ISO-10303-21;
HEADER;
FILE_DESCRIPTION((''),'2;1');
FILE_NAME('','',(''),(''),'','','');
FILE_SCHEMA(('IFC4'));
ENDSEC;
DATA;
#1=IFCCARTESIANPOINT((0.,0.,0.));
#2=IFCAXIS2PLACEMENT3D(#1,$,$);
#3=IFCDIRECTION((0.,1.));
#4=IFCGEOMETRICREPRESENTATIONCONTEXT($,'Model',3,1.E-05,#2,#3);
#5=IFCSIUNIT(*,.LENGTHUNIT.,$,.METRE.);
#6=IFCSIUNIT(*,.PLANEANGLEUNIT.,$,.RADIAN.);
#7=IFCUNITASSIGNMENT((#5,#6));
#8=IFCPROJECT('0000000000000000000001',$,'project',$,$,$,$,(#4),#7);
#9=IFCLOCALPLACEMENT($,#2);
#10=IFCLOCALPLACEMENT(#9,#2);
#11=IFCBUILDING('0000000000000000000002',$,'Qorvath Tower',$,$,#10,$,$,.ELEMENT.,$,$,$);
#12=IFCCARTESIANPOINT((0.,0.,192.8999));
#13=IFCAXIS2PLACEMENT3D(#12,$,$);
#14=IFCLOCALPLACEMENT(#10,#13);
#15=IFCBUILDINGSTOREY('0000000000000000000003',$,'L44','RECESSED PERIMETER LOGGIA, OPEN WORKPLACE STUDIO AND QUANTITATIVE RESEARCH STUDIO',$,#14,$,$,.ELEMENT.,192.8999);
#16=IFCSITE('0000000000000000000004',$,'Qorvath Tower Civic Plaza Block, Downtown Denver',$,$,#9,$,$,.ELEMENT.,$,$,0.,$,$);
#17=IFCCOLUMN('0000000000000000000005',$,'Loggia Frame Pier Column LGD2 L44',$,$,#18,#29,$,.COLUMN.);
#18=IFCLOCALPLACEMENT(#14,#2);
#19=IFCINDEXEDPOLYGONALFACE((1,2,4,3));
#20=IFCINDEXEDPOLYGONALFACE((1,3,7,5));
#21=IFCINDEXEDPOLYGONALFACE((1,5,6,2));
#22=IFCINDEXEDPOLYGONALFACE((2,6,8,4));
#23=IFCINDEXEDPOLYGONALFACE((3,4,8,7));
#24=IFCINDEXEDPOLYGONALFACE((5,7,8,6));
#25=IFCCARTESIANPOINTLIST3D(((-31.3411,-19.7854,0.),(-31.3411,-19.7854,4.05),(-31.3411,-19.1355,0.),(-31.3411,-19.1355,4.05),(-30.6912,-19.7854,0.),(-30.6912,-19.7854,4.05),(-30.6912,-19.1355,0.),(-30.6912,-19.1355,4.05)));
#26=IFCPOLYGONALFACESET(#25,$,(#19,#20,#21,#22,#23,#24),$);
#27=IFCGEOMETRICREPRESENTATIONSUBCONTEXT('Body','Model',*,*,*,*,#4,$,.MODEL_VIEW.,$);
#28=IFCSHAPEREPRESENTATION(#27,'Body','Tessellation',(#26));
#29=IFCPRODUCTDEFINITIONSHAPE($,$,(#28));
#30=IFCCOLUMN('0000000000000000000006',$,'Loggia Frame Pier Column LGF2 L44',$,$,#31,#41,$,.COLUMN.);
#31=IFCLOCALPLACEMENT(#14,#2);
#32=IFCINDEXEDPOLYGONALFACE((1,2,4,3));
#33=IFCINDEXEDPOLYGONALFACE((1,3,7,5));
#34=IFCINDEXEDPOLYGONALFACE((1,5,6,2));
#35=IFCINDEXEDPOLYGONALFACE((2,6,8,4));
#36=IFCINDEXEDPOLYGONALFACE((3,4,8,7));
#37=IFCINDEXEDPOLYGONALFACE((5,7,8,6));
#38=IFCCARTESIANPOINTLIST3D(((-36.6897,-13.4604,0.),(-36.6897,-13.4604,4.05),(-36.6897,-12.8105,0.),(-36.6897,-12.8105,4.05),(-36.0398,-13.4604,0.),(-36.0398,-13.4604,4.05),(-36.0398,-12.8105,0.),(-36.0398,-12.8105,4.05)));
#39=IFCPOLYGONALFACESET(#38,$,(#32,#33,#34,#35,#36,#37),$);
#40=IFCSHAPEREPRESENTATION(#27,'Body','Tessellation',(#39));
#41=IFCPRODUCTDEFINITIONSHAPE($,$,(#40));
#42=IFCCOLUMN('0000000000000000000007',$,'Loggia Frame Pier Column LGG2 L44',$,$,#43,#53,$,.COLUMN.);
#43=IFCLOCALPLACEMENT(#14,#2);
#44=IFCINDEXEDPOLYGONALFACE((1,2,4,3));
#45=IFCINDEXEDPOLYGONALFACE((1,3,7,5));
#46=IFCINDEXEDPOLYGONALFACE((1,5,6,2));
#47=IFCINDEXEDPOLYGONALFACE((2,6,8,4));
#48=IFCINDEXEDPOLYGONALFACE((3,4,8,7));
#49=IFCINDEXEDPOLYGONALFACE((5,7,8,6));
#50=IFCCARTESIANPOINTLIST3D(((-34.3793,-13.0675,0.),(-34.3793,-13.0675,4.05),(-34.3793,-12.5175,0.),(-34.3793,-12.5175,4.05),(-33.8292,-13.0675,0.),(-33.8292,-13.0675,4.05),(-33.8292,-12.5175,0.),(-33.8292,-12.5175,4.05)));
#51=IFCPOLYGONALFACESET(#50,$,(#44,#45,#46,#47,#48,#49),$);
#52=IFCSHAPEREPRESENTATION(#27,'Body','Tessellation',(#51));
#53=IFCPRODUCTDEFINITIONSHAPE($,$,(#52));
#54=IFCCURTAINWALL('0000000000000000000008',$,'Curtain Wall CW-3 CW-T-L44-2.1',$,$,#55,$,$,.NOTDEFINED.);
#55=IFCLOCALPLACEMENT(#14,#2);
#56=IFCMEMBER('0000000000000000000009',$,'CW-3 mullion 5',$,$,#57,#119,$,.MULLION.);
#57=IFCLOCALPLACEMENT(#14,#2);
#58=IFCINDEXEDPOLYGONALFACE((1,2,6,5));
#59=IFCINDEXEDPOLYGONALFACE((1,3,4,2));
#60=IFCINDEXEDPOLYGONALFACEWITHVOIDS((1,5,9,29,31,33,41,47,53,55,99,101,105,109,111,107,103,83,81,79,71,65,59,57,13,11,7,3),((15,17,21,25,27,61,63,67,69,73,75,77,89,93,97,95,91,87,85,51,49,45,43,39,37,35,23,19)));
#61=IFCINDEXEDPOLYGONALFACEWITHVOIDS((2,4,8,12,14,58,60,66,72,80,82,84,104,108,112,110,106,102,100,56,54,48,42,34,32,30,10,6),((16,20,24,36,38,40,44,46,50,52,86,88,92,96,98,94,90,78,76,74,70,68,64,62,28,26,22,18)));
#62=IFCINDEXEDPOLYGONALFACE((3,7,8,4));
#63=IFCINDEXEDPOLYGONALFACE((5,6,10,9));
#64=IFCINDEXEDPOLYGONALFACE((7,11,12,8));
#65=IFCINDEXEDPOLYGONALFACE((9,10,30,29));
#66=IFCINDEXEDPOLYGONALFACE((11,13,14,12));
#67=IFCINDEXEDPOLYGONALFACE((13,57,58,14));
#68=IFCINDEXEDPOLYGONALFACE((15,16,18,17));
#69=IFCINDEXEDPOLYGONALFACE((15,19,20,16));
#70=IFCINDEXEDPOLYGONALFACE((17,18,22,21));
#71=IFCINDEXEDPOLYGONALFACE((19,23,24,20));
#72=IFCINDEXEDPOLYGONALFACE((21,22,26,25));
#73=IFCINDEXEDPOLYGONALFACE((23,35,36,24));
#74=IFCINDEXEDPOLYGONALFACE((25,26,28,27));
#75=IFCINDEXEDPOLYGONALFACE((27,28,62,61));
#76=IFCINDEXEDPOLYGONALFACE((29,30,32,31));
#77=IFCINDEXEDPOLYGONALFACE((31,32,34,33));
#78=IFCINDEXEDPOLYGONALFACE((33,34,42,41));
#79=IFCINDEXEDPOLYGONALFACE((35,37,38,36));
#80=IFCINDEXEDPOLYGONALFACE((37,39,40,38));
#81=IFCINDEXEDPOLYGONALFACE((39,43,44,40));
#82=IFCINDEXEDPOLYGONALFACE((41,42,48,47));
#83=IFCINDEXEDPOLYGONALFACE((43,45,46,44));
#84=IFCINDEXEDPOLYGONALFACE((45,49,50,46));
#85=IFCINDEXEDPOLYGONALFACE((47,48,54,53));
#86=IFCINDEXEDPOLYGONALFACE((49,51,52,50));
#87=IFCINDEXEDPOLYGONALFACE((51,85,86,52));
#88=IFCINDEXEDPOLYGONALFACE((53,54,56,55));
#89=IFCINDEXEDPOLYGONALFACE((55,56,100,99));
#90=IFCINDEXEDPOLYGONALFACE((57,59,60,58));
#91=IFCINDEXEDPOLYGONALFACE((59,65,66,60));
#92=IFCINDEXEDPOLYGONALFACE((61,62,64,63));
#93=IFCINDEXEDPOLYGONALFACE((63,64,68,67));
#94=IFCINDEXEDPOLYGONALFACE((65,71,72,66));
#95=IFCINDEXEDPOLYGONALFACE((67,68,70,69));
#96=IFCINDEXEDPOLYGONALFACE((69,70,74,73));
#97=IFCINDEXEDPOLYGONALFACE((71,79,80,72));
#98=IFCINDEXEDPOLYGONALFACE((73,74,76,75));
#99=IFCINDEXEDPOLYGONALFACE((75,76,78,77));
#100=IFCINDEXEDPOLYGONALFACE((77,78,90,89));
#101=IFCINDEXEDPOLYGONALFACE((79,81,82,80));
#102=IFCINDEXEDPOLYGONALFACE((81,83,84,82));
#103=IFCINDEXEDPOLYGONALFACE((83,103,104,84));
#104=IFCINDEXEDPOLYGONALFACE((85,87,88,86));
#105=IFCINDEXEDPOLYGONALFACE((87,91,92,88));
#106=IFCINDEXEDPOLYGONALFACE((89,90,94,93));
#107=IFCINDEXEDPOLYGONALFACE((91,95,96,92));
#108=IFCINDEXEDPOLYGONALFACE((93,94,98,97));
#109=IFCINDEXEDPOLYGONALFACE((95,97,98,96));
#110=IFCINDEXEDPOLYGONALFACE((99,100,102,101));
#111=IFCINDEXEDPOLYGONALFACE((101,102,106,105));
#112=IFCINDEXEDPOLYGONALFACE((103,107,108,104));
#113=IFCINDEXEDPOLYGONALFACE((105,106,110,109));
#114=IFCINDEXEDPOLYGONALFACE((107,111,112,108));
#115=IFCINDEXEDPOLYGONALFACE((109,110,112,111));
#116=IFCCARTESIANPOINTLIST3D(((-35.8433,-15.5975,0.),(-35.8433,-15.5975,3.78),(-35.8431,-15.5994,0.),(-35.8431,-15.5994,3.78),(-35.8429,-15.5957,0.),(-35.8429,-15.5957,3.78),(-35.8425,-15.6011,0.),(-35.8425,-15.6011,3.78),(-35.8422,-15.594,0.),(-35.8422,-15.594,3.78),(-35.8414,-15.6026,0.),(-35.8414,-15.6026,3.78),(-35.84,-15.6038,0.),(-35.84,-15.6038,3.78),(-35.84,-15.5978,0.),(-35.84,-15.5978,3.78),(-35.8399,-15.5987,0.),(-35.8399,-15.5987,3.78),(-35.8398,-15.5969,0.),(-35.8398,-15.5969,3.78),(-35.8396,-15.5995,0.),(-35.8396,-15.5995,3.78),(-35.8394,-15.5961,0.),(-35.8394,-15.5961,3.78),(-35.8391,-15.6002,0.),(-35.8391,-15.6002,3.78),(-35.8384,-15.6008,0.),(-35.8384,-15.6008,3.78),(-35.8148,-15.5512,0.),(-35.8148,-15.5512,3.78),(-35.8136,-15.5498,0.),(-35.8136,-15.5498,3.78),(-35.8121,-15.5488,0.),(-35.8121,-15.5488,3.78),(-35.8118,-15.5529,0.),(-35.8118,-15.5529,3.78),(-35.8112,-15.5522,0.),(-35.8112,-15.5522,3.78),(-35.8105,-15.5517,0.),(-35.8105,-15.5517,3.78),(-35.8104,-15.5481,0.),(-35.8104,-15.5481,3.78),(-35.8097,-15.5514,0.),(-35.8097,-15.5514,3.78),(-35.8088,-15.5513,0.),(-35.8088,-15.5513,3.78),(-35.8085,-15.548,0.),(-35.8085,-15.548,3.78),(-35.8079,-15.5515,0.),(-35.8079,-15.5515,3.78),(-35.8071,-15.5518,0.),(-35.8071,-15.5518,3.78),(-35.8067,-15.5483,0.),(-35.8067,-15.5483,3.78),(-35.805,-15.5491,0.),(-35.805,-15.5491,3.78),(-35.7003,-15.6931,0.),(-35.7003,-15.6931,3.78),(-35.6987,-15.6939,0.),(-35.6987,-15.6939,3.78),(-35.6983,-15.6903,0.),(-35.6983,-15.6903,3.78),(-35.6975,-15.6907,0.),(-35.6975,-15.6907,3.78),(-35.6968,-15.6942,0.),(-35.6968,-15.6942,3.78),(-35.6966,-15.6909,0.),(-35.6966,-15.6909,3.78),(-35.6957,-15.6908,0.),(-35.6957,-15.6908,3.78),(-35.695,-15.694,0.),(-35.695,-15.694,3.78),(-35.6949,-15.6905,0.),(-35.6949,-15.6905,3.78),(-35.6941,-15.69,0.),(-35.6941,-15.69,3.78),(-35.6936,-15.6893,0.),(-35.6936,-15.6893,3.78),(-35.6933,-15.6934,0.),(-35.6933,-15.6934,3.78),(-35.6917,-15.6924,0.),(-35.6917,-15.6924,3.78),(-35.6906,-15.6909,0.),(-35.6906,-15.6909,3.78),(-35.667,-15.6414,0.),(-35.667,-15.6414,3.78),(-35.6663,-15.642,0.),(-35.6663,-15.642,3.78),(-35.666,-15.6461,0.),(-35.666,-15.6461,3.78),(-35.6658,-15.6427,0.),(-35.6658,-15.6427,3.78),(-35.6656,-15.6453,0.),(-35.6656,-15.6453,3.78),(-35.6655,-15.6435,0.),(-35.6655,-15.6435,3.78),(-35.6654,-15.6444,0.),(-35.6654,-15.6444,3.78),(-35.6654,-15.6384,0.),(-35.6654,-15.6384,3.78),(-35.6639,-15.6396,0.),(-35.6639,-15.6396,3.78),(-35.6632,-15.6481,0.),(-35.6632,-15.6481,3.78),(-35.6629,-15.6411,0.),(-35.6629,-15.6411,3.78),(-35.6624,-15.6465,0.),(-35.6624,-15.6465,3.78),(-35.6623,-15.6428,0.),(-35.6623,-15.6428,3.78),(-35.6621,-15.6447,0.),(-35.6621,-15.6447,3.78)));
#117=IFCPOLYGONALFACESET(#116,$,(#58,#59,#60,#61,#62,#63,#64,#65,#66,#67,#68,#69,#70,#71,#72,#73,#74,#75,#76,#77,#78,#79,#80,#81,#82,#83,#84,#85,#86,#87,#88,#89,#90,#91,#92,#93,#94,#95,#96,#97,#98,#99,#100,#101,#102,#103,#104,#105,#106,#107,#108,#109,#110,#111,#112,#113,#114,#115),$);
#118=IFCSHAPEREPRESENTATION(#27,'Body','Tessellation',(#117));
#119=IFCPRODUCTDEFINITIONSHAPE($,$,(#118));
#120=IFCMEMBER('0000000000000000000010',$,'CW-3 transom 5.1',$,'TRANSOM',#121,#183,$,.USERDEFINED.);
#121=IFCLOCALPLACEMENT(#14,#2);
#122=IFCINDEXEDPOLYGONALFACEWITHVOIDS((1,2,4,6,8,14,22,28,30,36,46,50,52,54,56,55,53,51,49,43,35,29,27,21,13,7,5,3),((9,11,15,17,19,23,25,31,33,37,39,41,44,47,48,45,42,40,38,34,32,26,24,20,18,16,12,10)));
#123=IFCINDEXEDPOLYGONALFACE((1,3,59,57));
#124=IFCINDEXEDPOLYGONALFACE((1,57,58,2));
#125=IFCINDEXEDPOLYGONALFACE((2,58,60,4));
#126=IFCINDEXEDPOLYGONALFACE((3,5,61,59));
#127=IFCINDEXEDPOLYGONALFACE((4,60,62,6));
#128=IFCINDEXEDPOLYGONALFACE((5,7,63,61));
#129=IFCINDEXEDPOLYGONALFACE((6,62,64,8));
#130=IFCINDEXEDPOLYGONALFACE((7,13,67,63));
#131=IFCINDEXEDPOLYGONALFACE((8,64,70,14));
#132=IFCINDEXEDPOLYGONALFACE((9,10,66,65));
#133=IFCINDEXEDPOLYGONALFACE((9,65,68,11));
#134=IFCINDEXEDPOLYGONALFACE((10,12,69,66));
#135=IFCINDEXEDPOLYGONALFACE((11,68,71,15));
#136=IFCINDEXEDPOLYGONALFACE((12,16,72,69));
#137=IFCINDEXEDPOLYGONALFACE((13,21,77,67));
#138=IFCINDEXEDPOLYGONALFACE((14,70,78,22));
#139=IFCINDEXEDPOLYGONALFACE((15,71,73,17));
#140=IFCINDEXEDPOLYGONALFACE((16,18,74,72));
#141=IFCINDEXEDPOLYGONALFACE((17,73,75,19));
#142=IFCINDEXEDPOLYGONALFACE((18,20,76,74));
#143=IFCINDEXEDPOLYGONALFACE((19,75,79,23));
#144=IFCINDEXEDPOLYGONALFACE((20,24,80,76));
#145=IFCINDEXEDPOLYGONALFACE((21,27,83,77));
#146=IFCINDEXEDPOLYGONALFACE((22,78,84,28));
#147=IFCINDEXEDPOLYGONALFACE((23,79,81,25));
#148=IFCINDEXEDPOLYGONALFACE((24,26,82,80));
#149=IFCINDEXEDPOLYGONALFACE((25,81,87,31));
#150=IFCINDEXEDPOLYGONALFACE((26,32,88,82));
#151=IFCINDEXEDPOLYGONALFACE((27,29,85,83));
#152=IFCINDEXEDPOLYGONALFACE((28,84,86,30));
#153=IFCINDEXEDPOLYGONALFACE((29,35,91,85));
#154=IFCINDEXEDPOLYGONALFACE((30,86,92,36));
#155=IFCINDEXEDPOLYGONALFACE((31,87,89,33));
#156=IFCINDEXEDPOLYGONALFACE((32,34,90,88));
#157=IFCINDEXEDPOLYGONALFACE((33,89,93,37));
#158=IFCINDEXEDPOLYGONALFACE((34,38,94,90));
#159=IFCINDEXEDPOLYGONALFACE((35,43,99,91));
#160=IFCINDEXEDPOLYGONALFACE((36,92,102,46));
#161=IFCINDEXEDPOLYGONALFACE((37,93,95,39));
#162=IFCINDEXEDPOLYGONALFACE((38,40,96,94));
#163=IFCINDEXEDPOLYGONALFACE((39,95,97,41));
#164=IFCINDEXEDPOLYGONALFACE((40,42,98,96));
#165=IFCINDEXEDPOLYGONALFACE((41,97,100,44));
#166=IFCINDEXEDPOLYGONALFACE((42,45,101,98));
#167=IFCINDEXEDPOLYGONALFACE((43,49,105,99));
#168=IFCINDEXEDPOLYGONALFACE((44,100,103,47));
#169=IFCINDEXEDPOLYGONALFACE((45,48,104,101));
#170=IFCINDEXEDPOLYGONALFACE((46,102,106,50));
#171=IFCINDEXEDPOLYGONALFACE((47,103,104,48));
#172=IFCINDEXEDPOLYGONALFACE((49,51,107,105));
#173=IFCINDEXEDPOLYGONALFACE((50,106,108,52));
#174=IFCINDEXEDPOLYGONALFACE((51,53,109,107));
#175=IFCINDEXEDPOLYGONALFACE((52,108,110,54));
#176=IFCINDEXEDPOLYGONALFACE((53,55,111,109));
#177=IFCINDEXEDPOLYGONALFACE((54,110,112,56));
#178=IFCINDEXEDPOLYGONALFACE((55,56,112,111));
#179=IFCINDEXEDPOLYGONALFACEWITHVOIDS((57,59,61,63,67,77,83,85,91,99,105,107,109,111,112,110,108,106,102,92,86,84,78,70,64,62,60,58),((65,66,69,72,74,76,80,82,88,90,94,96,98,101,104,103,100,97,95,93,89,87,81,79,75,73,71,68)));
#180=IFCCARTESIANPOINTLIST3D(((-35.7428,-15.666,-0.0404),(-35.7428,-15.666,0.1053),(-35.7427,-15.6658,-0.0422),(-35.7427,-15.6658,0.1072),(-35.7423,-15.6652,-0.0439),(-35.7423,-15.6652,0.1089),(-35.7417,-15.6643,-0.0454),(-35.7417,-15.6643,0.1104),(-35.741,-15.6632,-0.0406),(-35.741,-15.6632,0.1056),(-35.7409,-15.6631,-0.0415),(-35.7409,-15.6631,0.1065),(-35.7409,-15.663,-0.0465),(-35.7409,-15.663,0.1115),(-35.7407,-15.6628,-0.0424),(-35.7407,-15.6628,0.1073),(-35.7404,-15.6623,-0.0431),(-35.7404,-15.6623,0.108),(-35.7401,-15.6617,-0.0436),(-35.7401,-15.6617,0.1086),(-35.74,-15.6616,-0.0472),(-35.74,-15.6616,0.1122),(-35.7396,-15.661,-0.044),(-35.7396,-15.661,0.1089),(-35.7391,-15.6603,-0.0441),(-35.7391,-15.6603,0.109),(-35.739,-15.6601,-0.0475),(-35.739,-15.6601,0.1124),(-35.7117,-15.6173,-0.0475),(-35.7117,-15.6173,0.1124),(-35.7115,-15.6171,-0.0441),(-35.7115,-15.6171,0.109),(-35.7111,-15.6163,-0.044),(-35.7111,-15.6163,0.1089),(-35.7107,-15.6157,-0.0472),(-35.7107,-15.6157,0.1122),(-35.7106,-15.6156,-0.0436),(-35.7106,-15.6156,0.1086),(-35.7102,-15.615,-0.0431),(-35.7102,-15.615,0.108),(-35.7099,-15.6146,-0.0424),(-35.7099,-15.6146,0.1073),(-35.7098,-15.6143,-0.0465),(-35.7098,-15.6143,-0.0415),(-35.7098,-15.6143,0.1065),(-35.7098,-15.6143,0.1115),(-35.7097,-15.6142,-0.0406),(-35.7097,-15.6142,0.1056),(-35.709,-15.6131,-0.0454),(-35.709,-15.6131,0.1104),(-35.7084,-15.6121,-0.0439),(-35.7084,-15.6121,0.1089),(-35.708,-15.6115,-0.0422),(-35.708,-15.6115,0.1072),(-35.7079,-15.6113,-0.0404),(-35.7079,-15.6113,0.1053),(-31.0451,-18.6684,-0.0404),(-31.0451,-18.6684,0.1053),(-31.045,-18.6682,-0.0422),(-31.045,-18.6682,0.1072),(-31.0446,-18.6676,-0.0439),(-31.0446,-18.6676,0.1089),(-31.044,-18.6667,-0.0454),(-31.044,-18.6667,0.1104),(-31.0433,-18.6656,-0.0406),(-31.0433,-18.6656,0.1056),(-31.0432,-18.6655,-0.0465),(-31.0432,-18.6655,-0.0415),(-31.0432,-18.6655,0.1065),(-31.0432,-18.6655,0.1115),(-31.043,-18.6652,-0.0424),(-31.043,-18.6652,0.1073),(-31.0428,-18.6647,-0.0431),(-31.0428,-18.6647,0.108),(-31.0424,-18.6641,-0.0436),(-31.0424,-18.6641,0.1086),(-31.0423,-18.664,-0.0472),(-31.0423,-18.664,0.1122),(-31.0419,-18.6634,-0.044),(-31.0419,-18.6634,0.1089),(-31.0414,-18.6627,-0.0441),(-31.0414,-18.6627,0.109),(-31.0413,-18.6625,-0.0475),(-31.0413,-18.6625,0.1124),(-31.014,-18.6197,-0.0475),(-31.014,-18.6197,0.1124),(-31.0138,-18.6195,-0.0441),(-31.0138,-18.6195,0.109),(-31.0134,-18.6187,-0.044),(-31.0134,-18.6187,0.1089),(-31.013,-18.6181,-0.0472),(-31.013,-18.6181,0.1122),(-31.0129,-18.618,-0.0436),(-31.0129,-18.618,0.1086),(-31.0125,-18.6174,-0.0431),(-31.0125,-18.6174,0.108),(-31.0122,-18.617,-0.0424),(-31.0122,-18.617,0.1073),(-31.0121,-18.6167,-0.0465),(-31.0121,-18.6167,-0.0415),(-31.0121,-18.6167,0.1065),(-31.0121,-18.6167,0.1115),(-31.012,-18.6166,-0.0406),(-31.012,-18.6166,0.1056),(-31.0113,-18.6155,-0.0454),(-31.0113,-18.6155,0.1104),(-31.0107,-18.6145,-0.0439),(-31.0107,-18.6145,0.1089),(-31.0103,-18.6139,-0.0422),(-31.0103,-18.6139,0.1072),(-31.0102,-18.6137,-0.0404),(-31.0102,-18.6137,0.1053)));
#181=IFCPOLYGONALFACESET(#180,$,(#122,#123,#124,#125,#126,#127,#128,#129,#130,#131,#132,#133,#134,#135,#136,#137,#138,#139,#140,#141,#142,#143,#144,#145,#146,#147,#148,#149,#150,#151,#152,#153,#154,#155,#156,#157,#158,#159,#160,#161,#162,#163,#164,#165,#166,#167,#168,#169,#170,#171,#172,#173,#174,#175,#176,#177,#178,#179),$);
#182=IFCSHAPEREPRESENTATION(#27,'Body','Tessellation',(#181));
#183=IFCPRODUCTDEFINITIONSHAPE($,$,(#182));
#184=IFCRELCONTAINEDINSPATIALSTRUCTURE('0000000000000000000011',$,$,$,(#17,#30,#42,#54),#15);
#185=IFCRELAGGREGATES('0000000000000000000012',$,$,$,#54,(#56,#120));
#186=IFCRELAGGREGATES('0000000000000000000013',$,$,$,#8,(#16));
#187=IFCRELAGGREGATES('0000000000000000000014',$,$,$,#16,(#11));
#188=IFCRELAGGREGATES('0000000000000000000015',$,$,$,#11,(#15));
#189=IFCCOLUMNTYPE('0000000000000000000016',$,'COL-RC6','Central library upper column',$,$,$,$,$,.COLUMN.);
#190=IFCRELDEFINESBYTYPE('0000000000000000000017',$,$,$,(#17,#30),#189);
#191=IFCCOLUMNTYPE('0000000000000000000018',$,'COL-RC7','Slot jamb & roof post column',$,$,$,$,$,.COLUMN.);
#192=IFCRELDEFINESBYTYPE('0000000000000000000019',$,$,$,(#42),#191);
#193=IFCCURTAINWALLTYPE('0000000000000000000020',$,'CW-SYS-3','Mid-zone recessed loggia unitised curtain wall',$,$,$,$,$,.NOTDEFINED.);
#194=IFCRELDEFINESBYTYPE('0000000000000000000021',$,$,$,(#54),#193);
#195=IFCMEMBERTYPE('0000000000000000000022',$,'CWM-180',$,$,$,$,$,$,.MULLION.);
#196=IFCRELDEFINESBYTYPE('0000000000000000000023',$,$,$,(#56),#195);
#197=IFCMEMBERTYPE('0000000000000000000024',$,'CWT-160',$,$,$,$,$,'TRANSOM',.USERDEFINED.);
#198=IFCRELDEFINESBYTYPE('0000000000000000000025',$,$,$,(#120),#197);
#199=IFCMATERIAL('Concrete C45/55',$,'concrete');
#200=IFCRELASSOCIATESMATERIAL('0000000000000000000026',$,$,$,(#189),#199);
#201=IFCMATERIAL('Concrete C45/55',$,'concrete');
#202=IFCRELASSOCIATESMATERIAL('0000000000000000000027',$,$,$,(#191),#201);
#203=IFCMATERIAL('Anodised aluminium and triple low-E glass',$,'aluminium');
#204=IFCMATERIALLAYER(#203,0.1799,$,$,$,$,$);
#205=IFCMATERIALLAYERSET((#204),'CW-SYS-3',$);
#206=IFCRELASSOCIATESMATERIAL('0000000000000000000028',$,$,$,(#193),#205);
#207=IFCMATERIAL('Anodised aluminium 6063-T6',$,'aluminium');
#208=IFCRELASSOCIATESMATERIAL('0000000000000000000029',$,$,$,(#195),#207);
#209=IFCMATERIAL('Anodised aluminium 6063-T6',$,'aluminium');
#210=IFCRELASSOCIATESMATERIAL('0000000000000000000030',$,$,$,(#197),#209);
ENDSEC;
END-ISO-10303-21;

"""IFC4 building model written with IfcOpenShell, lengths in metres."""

from ifc_helpers import new_model, si_unit, direction, frame, origin, origin_2d, place, context, subcontext, project, spatial, rectangle, hollow_rectangle, extrude, material, layer, layer_set, material_profile, profile_set, type_object, element, aggregate, save


model = new_model("IFC4")

# Units and contexts
model_context = context("Model", 3, precision=1e-05, world=origin(), true_north=direction((0.0, 1.0)))
body_context = subcontext(model_context, "Body", "Model", "MODEL_VIEW")
ifc_project = project(units=[si_unit("LENGTHUNIT", "METRE"), si_unit("PLANEANGLEUNIT", "RADIAN")], contexts=[model_context])

# Site, building, storey
site_placement = place(None, origin())
site = spatial("IfcSite", under=ifc_project, at=site_placement, Name="Qorvath Tower Civic Plaza Block, Downtown Denver", CompositionType="ELEMENT", RefElevation=0.0)
building_placement = place(site_placement, origin())
building = spatial("IfcBuilding", under=site, at=building_placement, Name="Qorvath Tower", CompositionType="ELEMENT")
storey_placement = place(building_placement, frame((0.0, 0.0, 192.8999)))
storey = spatial("IfcBuildingStorey", under=building, at=storey_placement, Name="L44", Description="RECESSED PERIMETER LOGGIA, OPEN WORKPLACE STUDIO AND QUANTITATIVE RESEARCH STUDIO", CompositionType="ELEMENT", Elevation=192.8999)

# Columns
ifc_material_1 = material(Name="Concrete C45/55", Category="concrete")
ifc_material_profile_1 = material_profile(ifc_material_1, rectangle(XDim=0.6499, YDim=0.6499, at=origin_2d()), Name="RC 650x650")
ifc_profile_set_1 = profile_set([ifc_material_profile_1], Name="Concrete C45/55")
column_type_1 = type_object("IfcColumnType", Name="COL-RC6", Description="Central library upper column", PredefinedType="COLUMN", material=ifc_profile_set_1)
for number, where, z_axis, x_axis, name in (
    (1, (-31.0161, -19.4604, 0.0), (0.0, 0.0, 1.0), (1.0, 0.0, 0.0), "Loggia Frame Pier Column LGD2 L44"),
    (2, (-36.3647, -13.1355, 0.0), (0.0, 0.0, 1.0), (1.0, 0.0, 0.0), "Loggia Frame Pier Column LGF2 L44"),
):
    element("IfcColumn", number, at=place(storey_placement, frame(where, z_axis=z_axis, x_axis=x_axis)), inside=storey, type_object=column_type_1, Name=name, PredefinedType="COLUMN", context=body_context, shape_type="SweptSolid", body=[
        extrude(rectangle(XDim=0.6499, YDim=0.6499, at=origin_2d()), origin(), (0.0, 0.0, 1.0), 4.05),
    ])
ifc_material_2 = material(Name="Concrete C45/55", Category="concrete")
ifc_material_profile_2 = material_profile(ifc_material_2, rectangle(XDim=0.55, YDim=0.55, at=origin_2d()), Name="RC 550x550")
ifc_profile_set_2 = profile_set([ifc_material_profile_2], Name="Concrete C45/55")
column_type_2 = type_object("IfcColumnType", Name="COL-RC7", Description="Slot jamb & roof post column", PredefinedType="COLUMN", material=ifc_profile_set_2)
column_placement = place(storey_placement, frame((-34.1042, -12.7925, 0.0), z_axis=(0.0, 0.0, 1.0), x_axis=(1.0, 0.0, 0.0)))
element("IfcColumn", 3, at=column_placement, inside=storey, type_object=column_type_2, Name="Loggia Frame Pier Column LGG2 L44", PredefinedType="COLUMN", context=body_context, shape_type="SweptSolid", body=[
    extrude(rectangle(XDim=0.55, YDim=0.55, at=origin_2d()), origin(), (0.0, 0.0, 1.0), 4.05),
])

# Curtain wall, members
ifc_material_3 = material(Name="Anodised aluminium and triple low-E glass", Category="aluminium")
ifc_layer_1 = layer(ifc_material_3, 0.1799)
ifc_layer_set_1 = layer_set([ifc_layer_1], Name="CW-SYS-3")
curtain_wall_type = type_object("IfcCurtainWallType", Name="CW-SYS-3", Description="Mid-zone recessed loggia unitised curtain wall", PredefinedType="NOTDEFINED", material=ifc_layer_set_1)
curtain_wall_placement = place(storey_placement, origin())
curtain_wall = element("IfcCurtainWall", 4, at=curtain_wall_placement, inside=storey, type_object=curtain_wall_type, Name="Curtain Wall CW-3 CW-T-L44-2.1", PredefinedType="NOTDEFINED")
ifc_material_4 = material(Name="Anodised aluminium 6063-T6", Category="aluminium")
ifc_material_profile_3 = material_profile(ifc_material_4, hollow_rectangle(XDim=0.0649, YDim=0.1799, WallThickness=0.0034, InnerFilletRadius=0.0034, OuterFilletRadius=0.0071, at=origin_2d()), Name="CWM 180x65")
ifc_profile_set_3 = profile_set([ifc_material_profile_3], Name="Anodised aluminium 6063-T6")
member_type_1 = type_object("IfcMemberType", Name="CWM-180", PredefinedType="MULLION", material=ifc_profile_set_3)
member_1_placement = place(storey_placement, frame((-35.7527, -15.6211, 0.0), z_axis=(0.0, 0.0, 1.0), x_axis=(0.538534, 0.842604, 0.0)))
member_1 = element("IfcMember", 5, at=member_1_placement, type_object=member_type_1, Name="CW-3 mullion 5", PredefinedType="MULLION", context=body_context, shape_type="SweptSolid", body=[
    extrude(hollow_rectangle(XDim=0.0649, YDim=0.1799, WallThickness=0.0034, InnerFilletRadius=0.0034, OuterFilletRadius=0.0071, at=origin_2d()), origin(), (0.0, 0.0, 1.0), 3.78),
])
ifc_material_5 = material(Name="Anodised aluminium 6063-T6", Category="aluminium")
ifc_material_profile_4 = material_profile(ifc_material_5, hollow_rectangle(XDim=0.0649, YDim=0.1599, WallThickness=0.0034, InnerFilletRadius=0.0034, OuterFilletRadius=0.0071, at=origin_2d()), Name="CWT 160x65")
ifc_profile_set_4 = profile_set([ifc_material_profile_4], Name="Anodised aluminium 6063-T6")
member_type_2 = type_object("IfcMemberType", Name="CWT-160", ElementType="TRANSOM", PredefinedType="USERDEFINED", material=ifc_profile_set_4)
member_2_placement = place(storey_placement, frame((-35.7253, -15.6387, 0.0325), z_axis=(0.842607, -0.538529, 0.0), x_axis=(0.538529, 0.842607, 0.0)))
member_2 = element("IfcMember", 6, at=member_2_placement, type_object=member_type_2, Name="CW-3 transom 5.1", ObjectType="TRANSOM", PredefinedType="USERDEFINED", context=body_context, shape_type="SweptSolid", body=[
    extrude(hollow_rectangle(XDim=0.0649, YDim=0.1599, WallThickness=0.0034, InnerFilletRadius=0.0034, OuterFilletRadius=0.0071, at=origin_2d()), origin(), (0.0, 0.0, 1.0), 5.5752),
])
aggregate(curtain_wall, [member_1, member_2])

save(model, "model.ifc")
